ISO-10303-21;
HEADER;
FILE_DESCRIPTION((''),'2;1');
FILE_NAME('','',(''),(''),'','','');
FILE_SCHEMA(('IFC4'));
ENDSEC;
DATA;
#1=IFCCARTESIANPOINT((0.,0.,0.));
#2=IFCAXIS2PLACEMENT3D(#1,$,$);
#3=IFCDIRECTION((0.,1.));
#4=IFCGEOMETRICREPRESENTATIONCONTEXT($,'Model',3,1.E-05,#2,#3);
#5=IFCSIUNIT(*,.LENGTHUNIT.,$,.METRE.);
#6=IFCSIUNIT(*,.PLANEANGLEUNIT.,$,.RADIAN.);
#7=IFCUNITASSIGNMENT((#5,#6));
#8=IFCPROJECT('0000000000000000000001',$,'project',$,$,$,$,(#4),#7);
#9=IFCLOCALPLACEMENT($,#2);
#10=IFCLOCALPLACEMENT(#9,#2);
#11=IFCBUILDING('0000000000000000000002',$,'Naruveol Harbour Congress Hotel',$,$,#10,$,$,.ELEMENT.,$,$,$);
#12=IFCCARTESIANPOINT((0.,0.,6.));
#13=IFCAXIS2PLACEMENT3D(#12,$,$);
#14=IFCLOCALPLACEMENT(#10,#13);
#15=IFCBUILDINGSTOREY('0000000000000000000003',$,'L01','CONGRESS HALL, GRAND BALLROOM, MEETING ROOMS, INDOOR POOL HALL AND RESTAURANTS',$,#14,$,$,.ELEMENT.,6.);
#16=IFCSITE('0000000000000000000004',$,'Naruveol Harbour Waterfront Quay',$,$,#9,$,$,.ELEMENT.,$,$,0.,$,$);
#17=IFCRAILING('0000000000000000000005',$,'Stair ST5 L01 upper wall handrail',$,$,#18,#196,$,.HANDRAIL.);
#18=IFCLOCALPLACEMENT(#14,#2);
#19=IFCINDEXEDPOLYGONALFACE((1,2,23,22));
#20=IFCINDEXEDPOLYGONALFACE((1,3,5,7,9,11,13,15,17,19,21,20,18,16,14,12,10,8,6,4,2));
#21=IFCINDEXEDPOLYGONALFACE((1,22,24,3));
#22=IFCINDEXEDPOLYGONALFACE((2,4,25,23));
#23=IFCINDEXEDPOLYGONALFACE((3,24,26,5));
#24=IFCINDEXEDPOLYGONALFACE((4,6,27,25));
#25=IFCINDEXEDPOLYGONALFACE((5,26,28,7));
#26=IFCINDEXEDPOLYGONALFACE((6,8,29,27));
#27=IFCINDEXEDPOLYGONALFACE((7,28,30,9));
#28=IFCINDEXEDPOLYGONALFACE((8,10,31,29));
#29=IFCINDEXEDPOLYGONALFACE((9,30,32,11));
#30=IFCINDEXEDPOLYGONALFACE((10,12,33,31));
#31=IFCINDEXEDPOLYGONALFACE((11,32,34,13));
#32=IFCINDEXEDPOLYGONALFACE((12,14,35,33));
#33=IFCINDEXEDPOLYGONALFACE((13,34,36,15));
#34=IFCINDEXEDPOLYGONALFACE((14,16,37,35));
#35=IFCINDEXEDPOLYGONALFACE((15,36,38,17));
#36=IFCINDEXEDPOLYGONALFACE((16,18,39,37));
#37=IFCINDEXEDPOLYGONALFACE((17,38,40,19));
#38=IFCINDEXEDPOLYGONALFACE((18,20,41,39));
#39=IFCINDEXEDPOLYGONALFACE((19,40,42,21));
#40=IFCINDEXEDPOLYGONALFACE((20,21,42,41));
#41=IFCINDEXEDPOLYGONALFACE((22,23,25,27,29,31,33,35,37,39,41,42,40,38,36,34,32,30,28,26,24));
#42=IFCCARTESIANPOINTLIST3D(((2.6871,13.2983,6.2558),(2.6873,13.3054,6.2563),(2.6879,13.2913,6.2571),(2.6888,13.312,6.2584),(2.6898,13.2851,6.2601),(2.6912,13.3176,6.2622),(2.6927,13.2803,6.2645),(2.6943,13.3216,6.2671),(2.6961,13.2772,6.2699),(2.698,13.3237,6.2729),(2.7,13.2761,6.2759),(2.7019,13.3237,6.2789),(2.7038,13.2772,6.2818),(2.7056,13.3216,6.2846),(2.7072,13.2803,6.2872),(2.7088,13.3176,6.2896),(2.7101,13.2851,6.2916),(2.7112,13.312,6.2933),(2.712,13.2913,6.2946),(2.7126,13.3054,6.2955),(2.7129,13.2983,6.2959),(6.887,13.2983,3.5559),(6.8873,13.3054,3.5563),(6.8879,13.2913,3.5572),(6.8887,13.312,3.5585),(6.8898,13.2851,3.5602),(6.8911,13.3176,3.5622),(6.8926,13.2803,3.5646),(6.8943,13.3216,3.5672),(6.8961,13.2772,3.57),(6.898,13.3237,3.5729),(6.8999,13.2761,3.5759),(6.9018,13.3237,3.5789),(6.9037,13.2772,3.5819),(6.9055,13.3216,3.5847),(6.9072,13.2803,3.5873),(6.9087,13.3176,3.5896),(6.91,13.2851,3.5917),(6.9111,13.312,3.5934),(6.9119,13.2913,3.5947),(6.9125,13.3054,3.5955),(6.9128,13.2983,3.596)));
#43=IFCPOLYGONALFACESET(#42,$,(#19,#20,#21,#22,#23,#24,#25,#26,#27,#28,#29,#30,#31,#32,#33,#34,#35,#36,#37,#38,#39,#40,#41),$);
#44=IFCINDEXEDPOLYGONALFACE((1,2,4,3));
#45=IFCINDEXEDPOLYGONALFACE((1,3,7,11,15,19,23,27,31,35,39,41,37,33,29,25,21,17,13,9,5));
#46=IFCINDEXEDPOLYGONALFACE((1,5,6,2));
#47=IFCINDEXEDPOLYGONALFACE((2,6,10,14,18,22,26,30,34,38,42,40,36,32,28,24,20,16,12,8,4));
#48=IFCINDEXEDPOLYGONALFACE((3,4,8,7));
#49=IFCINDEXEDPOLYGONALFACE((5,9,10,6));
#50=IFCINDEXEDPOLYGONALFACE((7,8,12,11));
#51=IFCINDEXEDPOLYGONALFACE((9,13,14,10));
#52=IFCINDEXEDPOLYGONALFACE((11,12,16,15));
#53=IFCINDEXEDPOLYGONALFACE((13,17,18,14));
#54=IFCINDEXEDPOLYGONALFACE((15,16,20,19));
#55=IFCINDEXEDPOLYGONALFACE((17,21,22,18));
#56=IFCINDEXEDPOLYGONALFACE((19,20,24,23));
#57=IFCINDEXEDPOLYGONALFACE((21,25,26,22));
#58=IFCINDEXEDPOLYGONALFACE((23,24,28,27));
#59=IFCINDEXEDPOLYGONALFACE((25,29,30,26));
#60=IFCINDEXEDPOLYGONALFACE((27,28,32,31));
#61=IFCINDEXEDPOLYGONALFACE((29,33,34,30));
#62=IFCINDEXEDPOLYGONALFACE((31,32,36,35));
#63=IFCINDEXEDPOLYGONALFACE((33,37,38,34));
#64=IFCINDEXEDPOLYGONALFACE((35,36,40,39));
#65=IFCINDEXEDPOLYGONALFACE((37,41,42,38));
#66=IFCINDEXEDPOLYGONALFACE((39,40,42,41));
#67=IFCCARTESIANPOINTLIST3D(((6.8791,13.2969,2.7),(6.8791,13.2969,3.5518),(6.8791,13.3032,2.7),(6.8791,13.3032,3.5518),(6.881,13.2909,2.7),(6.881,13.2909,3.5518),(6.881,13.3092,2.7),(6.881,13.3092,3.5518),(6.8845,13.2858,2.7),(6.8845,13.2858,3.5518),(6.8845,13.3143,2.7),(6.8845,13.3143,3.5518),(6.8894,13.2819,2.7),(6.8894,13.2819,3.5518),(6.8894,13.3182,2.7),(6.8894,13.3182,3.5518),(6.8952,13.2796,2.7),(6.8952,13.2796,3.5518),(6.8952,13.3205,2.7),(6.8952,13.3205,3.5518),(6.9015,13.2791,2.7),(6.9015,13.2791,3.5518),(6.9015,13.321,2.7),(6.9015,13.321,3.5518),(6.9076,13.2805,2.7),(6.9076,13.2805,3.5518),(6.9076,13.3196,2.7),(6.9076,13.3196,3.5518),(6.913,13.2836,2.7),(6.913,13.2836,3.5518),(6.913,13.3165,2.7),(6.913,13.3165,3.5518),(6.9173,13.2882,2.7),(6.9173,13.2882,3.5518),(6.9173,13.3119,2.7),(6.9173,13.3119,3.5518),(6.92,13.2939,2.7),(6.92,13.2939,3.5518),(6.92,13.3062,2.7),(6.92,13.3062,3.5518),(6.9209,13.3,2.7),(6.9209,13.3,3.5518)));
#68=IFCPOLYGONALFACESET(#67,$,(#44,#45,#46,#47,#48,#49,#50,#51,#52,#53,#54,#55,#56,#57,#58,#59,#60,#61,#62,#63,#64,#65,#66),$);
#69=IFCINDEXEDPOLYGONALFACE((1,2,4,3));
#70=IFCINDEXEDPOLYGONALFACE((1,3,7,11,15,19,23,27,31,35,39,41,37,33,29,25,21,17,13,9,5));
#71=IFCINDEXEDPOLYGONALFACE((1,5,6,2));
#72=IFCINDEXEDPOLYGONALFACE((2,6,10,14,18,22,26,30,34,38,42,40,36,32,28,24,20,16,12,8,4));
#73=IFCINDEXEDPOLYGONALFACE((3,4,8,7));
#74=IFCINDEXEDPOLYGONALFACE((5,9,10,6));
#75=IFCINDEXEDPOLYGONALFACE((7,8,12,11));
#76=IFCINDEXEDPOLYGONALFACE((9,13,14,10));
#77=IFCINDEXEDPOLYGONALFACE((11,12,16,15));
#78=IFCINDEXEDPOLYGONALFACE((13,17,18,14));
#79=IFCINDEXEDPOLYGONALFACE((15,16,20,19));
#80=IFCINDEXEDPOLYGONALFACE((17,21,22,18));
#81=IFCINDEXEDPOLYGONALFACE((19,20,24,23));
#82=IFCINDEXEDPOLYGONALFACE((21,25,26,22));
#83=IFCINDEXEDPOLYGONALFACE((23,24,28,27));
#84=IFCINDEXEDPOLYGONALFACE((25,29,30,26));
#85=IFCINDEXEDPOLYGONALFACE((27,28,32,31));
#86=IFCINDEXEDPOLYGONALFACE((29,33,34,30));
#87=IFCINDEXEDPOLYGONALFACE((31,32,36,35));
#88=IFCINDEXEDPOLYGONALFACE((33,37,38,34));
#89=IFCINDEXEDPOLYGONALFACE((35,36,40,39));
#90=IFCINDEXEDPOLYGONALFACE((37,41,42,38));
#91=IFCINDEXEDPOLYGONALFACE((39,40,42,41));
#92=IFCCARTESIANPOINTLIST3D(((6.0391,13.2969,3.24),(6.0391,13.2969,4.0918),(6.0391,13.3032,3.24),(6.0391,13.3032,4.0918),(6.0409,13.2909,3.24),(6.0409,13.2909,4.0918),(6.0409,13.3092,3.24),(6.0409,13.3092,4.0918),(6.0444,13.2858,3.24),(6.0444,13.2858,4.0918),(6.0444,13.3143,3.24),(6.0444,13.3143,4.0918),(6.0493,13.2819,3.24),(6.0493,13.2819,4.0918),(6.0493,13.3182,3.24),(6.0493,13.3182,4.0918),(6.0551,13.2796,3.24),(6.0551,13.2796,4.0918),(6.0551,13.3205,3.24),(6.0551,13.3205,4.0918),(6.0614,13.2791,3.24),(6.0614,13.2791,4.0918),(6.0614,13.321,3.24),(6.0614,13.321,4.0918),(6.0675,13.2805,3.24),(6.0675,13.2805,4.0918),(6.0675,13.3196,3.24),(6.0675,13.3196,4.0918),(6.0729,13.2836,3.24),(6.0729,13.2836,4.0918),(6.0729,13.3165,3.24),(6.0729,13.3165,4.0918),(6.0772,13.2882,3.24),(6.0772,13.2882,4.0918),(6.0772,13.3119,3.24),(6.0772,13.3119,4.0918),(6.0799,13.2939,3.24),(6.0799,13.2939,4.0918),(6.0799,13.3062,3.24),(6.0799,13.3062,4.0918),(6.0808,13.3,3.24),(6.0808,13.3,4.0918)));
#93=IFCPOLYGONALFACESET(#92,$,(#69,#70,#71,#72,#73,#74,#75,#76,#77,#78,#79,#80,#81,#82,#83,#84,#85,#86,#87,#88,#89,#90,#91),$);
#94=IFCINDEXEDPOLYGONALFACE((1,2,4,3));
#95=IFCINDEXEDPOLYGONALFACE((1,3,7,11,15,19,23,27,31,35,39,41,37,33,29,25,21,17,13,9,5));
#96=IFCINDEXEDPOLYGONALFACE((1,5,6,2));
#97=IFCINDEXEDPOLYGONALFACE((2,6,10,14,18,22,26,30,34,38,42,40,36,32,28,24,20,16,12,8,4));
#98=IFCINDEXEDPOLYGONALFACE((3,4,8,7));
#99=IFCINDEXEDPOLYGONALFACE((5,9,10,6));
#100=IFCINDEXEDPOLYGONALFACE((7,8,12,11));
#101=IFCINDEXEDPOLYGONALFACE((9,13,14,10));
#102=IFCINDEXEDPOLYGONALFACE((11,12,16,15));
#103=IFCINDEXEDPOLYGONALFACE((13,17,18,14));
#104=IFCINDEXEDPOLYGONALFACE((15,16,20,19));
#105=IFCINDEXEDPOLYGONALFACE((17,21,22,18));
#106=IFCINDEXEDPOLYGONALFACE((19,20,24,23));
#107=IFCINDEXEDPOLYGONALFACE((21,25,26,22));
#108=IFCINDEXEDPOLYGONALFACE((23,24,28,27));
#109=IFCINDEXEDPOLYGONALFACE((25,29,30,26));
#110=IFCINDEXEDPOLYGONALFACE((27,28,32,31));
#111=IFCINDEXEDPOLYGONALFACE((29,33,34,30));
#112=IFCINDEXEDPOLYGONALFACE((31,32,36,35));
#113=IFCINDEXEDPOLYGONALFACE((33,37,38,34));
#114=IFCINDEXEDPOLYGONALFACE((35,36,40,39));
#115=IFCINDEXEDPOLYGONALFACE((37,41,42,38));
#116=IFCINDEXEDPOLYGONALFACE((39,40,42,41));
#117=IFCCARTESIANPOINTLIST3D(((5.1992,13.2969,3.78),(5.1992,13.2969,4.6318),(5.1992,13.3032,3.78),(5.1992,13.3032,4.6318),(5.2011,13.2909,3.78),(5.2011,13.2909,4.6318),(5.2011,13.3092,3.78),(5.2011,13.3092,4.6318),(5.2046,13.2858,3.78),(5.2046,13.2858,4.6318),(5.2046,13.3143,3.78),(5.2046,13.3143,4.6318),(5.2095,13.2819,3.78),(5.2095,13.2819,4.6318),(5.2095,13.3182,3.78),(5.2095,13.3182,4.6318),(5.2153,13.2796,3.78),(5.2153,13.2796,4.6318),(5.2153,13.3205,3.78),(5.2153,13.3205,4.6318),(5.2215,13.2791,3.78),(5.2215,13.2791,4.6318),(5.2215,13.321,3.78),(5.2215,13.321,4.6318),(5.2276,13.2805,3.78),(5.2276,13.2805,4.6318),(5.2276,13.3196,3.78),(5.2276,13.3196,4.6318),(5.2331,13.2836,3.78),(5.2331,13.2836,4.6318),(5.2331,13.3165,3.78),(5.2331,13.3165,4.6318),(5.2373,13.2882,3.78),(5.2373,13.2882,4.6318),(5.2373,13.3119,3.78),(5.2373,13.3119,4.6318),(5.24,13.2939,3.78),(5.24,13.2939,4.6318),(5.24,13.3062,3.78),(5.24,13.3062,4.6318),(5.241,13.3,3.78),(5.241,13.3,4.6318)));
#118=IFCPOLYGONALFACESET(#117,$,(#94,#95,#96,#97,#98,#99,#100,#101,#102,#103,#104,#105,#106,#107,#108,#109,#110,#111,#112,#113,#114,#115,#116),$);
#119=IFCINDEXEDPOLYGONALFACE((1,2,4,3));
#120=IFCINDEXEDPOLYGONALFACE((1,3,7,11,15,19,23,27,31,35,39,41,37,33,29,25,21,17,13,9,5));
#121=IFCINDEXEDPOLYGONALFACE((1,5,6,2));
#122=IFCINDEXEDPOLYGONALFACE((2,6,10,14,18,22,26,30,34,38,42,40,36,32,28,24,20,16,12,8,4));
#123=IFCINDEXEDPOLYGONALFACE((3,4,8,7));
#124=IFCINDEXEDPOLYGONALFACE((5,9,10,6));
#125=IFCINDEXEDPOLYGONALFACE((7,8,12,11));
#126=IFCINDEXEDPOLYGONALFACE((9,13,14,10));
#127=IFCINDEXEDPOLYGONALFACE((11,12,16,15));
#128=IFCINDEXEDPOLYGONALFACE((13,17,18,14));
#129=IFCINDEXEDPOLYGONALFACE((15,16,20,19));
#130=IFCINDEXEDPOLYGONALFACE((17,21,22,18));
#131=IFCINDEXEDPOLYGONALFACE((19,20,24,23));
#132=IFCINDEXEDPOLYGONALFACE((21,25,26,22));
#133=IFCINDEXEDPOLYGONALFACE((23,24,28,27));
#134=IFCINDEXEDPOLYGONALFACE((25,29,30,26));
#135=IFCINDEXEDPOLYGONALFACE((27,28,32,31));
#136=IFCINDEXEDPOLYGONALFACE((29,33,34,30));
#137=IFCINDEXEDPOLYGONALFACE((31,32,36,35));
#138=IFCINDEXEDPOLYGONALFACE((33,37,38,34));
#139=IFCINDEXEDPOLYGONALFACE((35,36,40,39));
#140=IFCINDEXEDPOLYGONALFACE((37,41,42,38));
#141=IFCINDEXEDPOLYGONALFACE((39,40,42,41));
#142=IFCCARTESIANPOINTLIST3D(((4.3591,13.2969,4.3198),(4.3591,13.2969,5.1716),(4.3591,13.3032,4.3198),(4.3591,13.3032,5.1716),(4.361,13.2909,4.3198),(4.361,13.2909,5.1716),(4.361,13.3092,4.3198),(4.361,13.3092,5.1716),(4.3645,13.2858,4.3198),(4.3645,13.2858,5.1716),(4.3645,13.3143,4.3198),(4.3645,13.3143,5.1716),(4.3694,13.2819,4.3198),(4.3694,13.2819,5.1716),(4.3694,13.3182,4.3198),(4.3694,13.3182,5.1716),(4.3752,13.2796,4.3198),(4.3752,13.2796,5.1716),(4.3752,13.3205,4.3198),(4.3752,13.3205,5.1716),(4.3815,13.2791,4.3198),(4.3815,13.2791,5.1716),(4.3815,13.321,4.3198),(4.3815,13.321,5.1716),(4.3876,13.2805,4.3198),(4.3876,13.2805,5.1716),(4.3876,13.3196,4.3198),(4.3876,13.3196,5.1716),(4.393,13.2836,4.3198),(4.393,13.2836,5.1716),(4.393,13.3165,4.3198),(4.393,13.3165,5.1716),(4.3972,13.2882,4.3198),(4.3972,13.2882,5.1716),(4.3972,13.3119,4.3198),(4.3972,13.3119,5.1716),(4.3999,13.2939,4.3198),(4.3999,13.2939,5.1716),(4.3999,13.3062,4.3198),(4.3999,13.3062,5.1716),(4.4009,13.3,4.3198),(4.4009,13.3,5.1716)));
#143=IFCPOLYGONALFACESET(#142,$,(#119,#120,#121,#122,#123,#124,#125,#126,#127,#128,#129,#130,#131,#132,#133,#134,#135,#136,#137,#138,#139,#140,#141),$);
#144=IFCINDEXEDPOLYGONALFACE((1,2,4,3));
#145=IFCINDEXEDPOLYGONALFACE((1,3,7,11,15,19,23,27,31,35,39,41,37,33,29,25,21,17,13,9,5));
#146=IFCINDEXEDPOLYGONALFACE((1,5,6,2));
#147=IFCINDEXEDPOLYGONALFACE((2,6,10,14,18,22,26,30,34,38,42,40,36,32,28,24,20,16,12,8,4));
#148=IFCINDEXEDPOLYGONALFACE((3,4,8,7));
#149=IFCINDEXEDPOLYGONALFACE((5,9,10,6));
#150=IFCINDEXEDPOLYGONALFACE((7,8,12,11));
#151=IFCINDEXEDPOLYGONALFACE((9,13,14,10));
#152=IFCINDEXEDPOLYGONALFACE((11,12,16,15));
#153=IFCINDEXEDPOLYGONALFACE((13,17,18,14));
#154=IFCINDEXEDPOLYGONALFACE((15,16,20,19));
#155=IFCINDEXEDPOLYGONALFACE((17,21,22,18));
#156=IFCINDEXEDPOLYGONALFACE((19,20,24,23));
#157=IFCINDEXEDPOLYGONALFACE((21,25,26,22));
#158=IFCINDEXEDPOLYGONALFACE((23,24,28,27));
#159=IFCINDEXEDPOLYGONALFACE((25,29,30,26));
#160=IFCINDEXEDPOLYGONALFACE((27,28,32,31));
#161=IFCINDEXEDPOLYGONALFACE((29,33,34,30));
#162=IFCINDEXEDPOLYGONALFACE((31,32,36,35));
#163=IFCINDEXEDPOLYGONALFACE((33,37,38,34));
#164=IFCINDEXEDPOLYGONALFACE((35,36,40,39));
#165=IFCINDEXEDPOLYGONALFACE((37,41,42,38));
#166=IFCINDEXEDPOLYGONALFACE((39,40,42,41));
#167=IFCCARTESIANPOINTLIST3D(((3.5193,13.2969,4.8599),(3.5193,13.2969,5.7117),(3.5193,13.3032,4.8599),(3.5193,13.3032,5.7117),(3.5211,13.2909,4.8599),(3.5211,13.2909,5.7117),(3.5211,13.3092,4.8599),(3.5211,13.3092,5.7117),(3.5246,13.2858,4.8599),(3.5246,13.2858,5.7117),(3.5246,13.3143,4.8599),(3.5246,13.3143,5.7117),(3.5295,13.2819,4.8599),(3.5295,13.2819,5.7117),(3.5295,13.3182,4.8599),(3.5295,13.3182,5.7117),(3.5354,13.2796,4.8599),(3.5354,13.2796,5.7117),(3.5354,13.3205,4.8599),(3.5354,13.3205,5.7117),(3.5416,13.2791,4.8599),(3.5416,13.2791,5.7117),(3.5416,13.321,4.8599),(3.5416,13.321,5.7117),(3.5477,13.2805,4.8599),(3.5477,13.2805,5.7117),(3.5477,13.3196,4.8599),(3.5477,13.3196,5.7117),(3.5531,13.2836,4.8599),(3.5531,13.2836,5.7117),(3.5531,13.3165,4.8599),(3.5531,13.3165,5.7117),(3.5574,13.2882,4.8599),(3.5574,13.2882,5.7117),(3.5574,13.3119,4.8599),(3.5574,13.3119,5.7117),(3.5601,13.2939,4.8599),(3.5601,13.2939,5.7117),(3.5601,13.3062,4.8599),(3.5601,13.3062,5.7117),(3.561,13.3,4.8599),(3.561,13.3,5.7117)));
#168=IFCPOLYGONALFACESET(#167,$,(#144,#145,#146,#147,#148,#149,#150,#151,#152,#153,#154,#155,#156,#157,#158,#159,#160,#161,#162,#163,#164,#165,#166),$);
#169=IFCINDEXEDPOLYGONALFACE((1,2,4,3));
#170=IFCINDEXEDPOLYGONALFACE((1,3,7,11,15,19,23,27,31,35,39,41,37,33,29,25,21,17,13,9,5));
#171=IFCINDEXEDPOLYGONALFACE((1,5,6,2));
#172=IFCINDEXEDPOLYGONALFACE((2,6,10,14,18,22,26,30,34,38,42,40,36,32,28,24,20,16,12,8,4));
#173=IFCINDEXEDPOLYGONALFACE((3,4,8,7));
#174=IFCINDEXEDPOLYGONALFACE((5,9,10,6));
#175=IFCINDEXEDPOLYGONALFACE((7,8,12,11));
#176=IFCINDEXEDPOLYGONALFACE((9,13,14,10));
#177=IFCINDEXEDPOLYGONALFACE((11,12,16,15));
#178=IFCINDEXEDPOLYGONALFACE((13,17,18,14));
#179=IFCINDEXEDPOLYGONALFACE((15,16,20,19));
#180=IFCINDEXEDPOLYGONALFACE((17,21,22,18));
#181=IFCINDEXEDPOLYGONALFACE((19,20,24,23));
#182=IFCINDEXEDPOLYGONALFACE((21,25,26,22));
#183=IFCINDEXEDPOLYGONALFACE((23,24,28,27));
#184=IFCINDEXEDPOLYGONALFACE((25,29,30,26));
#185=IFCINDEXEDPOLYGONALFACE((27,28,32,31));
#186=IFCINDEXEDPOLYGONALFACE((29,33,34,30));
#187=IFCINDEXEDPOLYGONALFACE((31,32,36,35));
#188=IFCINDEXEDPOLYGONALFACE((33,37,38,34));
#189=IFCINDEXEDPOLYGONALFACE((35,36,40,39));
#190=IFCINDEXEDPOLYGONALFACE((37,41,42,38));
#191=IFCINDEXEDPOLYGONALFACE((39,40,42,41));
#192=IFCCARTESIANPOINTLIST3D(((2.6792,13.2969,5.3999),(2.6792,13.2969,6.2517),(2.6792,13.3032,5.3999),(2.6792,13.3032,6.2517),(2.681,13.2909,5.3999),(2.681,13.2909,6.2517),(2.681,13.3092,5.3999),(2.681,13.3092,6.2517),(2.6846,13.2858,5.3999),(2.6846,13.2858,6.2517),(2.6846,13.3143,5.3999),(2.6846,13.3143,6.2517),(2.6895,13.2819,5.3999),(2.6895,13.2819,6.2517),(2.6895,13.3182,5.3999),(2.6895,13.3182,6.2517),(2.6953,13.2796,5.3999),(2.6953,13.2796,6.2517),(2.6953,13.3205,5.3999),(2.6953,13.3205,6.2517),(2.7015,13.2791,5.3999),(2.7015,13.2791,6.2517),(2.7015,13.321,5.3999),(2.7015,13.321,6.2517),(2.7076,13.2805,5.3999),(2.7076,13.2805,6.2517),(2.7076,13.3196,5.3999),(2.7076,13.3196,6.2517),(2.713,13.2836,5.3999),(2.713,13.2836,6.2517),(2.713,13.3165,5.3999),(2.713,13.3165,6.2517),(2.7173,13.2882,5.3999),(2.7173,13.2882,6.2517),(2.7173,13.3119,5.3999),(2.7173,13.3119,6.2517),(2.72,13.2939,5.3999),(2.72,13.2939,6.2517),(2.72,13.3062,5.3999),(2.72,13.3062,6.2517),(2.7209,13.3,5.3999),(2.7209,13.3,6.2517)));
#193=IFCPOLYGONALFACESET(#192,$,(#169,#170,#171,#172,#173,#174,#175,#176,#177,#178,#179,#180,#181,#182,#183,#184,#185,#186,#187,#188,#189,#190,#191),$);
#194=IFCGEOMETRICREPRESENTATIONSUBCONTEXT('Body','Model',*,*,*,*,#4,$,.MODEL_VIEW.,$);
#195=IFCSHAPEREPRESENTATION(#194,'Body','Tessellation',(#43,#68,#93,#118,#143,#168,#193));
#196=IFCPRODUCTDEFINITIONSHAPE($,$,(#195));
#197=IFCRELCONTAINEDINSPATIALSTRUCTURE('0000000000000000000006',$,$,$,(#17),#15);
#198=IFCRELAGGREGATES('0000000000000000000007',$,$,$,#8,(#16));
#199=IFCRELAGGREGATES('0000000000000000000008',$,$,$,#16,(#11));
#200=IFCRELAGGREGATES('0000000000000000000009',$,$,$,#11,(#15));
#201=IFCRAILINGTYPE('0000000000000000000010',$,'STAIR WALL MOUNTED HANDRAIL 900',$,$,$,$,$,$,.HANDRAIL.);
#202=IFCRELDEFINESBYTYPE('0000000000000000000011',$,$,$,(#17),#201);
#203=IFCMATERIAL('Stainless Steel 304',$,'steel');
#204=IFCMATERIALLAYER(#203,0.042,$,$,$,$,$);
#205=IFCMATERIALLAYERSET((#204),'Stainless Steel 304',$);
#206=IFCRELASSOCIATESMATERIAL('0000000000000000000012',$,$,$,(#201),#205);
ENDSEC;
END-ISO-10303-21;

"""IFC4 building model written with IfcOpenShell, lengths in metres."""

from ifc_helpers import new_model, si_unit, direction, frame, origin, origin_2d, place, context, subcontext, project, spatial, circle, extrude, material, layer, layer_set, type_object, element, save


model = new_model("IFC4")

# Units and contexts
model_context = context("Model", 3, precision=1e-05, world=origin(), true_north=direction((0.0, 1.0)))
body_context = subcontext(model_context, "Body", "Model", "MODEL_VIEW")
ifc_project = project(units=[si_unit("LENGTHUNIT", "METRE"), si_unit("PLANEANGLEUNIT", "RADIAN")], contexts=[model_context])

# Site, building, storey
site_placement = place(None, origin())
site = spatial("IfcSite", under=ifc_project, at=site_placement, Name="Naruveol Harbour Waterfront Quay", CompositionType="ELEMENT", RefElevation=0.0)
building_placement = place(site_placement, origin())
building = spatial("IfcBuilding", under=site, at=building_placement, Name="Naruveol Harbour Congress Hotel", CompositionType="ELEMENT")
storey_placement = place(building_placement, frame((0.0, 0.0, 6.0)))
storey = spatial("IfcBuildingStorey", under=building, at=storey_placement, Name="L01", Description="CONGRESS HALL, GRAND BALLROOM, MEETING ROOMS, INDOOR POOL HALL AND RESTAURANTS", CompositionType="ELEMENT", Elevation=6.0)

# Railing
ifc_material_1 = material(Name="Stainless Steel 304", Category="steel")
ifc_layer_1 = layer(ifc_material_1, 0.042)
ifc_layer_set_1 = layer_set([ifc_layer_1], Name="Stainless Steel 304")
railing_type = type_object("IfcRailingType", Name="STAIR WALL MOUNTED HANDRAIL 900", PredefinedType="HANDRAIL", material=ifc_layer_set_1)
railing_placement = place(storey_placement, frame((6.8999, 13.3, 2.7)))
element("IfcRailing", 1, at=railing_placement, inside=storey, type_object=railing_type, Name="Stair ST5 L01 upper wall handrail", PredefinedType="HANDRAIL", context=body_context, shape_type="SweptSolid", body=[
    extrude(circle(Radius=0.0239, at=origin_2d()), frame((0.0, 0.0, 0.876), z_axis=(-0.84118, 0.0, 0.540755), x_axis=(0.0, -1.0, 0.0)), (0.0, 0.0, 1.0), 4.9929),
    extrude(circle(Radius=0.021, at=origin_2d()), origin(), (0.0, 0.0, 1.0), 0.8518),
    extrude(circle(Radius=0.021, at=origin_2d()), frame((-0.8401, 0.0, 0.54)), (0.0, 0.0, 1.0), 0.8518),
    extrude(circle(Radius=0.021, at=origin_2d()), frame((-1.6799, 0.0, 1.0801)), (0.0, 0.0, 1.0), 0.8518),
    extrude(circle(Radius=0.021, at=origin_2d()), frame((-2.52, 0.0, 1.6199)), (0.0, 0.0, 1.0), 0.8518),
    extrude(circle(Radius=0.021, at=origin_2d()), frame((-3.3599, 0.0, 2.1599)), (0.0, 0.0, 1.0), 0.8518),
    extrude(circle(Radius=0.021, at=origin_2d()), frame((-4.2, 0.0, 2.7)), (0.0, 0.0, 1.0), 0.8518),
])

save(model, "model.ifc")
